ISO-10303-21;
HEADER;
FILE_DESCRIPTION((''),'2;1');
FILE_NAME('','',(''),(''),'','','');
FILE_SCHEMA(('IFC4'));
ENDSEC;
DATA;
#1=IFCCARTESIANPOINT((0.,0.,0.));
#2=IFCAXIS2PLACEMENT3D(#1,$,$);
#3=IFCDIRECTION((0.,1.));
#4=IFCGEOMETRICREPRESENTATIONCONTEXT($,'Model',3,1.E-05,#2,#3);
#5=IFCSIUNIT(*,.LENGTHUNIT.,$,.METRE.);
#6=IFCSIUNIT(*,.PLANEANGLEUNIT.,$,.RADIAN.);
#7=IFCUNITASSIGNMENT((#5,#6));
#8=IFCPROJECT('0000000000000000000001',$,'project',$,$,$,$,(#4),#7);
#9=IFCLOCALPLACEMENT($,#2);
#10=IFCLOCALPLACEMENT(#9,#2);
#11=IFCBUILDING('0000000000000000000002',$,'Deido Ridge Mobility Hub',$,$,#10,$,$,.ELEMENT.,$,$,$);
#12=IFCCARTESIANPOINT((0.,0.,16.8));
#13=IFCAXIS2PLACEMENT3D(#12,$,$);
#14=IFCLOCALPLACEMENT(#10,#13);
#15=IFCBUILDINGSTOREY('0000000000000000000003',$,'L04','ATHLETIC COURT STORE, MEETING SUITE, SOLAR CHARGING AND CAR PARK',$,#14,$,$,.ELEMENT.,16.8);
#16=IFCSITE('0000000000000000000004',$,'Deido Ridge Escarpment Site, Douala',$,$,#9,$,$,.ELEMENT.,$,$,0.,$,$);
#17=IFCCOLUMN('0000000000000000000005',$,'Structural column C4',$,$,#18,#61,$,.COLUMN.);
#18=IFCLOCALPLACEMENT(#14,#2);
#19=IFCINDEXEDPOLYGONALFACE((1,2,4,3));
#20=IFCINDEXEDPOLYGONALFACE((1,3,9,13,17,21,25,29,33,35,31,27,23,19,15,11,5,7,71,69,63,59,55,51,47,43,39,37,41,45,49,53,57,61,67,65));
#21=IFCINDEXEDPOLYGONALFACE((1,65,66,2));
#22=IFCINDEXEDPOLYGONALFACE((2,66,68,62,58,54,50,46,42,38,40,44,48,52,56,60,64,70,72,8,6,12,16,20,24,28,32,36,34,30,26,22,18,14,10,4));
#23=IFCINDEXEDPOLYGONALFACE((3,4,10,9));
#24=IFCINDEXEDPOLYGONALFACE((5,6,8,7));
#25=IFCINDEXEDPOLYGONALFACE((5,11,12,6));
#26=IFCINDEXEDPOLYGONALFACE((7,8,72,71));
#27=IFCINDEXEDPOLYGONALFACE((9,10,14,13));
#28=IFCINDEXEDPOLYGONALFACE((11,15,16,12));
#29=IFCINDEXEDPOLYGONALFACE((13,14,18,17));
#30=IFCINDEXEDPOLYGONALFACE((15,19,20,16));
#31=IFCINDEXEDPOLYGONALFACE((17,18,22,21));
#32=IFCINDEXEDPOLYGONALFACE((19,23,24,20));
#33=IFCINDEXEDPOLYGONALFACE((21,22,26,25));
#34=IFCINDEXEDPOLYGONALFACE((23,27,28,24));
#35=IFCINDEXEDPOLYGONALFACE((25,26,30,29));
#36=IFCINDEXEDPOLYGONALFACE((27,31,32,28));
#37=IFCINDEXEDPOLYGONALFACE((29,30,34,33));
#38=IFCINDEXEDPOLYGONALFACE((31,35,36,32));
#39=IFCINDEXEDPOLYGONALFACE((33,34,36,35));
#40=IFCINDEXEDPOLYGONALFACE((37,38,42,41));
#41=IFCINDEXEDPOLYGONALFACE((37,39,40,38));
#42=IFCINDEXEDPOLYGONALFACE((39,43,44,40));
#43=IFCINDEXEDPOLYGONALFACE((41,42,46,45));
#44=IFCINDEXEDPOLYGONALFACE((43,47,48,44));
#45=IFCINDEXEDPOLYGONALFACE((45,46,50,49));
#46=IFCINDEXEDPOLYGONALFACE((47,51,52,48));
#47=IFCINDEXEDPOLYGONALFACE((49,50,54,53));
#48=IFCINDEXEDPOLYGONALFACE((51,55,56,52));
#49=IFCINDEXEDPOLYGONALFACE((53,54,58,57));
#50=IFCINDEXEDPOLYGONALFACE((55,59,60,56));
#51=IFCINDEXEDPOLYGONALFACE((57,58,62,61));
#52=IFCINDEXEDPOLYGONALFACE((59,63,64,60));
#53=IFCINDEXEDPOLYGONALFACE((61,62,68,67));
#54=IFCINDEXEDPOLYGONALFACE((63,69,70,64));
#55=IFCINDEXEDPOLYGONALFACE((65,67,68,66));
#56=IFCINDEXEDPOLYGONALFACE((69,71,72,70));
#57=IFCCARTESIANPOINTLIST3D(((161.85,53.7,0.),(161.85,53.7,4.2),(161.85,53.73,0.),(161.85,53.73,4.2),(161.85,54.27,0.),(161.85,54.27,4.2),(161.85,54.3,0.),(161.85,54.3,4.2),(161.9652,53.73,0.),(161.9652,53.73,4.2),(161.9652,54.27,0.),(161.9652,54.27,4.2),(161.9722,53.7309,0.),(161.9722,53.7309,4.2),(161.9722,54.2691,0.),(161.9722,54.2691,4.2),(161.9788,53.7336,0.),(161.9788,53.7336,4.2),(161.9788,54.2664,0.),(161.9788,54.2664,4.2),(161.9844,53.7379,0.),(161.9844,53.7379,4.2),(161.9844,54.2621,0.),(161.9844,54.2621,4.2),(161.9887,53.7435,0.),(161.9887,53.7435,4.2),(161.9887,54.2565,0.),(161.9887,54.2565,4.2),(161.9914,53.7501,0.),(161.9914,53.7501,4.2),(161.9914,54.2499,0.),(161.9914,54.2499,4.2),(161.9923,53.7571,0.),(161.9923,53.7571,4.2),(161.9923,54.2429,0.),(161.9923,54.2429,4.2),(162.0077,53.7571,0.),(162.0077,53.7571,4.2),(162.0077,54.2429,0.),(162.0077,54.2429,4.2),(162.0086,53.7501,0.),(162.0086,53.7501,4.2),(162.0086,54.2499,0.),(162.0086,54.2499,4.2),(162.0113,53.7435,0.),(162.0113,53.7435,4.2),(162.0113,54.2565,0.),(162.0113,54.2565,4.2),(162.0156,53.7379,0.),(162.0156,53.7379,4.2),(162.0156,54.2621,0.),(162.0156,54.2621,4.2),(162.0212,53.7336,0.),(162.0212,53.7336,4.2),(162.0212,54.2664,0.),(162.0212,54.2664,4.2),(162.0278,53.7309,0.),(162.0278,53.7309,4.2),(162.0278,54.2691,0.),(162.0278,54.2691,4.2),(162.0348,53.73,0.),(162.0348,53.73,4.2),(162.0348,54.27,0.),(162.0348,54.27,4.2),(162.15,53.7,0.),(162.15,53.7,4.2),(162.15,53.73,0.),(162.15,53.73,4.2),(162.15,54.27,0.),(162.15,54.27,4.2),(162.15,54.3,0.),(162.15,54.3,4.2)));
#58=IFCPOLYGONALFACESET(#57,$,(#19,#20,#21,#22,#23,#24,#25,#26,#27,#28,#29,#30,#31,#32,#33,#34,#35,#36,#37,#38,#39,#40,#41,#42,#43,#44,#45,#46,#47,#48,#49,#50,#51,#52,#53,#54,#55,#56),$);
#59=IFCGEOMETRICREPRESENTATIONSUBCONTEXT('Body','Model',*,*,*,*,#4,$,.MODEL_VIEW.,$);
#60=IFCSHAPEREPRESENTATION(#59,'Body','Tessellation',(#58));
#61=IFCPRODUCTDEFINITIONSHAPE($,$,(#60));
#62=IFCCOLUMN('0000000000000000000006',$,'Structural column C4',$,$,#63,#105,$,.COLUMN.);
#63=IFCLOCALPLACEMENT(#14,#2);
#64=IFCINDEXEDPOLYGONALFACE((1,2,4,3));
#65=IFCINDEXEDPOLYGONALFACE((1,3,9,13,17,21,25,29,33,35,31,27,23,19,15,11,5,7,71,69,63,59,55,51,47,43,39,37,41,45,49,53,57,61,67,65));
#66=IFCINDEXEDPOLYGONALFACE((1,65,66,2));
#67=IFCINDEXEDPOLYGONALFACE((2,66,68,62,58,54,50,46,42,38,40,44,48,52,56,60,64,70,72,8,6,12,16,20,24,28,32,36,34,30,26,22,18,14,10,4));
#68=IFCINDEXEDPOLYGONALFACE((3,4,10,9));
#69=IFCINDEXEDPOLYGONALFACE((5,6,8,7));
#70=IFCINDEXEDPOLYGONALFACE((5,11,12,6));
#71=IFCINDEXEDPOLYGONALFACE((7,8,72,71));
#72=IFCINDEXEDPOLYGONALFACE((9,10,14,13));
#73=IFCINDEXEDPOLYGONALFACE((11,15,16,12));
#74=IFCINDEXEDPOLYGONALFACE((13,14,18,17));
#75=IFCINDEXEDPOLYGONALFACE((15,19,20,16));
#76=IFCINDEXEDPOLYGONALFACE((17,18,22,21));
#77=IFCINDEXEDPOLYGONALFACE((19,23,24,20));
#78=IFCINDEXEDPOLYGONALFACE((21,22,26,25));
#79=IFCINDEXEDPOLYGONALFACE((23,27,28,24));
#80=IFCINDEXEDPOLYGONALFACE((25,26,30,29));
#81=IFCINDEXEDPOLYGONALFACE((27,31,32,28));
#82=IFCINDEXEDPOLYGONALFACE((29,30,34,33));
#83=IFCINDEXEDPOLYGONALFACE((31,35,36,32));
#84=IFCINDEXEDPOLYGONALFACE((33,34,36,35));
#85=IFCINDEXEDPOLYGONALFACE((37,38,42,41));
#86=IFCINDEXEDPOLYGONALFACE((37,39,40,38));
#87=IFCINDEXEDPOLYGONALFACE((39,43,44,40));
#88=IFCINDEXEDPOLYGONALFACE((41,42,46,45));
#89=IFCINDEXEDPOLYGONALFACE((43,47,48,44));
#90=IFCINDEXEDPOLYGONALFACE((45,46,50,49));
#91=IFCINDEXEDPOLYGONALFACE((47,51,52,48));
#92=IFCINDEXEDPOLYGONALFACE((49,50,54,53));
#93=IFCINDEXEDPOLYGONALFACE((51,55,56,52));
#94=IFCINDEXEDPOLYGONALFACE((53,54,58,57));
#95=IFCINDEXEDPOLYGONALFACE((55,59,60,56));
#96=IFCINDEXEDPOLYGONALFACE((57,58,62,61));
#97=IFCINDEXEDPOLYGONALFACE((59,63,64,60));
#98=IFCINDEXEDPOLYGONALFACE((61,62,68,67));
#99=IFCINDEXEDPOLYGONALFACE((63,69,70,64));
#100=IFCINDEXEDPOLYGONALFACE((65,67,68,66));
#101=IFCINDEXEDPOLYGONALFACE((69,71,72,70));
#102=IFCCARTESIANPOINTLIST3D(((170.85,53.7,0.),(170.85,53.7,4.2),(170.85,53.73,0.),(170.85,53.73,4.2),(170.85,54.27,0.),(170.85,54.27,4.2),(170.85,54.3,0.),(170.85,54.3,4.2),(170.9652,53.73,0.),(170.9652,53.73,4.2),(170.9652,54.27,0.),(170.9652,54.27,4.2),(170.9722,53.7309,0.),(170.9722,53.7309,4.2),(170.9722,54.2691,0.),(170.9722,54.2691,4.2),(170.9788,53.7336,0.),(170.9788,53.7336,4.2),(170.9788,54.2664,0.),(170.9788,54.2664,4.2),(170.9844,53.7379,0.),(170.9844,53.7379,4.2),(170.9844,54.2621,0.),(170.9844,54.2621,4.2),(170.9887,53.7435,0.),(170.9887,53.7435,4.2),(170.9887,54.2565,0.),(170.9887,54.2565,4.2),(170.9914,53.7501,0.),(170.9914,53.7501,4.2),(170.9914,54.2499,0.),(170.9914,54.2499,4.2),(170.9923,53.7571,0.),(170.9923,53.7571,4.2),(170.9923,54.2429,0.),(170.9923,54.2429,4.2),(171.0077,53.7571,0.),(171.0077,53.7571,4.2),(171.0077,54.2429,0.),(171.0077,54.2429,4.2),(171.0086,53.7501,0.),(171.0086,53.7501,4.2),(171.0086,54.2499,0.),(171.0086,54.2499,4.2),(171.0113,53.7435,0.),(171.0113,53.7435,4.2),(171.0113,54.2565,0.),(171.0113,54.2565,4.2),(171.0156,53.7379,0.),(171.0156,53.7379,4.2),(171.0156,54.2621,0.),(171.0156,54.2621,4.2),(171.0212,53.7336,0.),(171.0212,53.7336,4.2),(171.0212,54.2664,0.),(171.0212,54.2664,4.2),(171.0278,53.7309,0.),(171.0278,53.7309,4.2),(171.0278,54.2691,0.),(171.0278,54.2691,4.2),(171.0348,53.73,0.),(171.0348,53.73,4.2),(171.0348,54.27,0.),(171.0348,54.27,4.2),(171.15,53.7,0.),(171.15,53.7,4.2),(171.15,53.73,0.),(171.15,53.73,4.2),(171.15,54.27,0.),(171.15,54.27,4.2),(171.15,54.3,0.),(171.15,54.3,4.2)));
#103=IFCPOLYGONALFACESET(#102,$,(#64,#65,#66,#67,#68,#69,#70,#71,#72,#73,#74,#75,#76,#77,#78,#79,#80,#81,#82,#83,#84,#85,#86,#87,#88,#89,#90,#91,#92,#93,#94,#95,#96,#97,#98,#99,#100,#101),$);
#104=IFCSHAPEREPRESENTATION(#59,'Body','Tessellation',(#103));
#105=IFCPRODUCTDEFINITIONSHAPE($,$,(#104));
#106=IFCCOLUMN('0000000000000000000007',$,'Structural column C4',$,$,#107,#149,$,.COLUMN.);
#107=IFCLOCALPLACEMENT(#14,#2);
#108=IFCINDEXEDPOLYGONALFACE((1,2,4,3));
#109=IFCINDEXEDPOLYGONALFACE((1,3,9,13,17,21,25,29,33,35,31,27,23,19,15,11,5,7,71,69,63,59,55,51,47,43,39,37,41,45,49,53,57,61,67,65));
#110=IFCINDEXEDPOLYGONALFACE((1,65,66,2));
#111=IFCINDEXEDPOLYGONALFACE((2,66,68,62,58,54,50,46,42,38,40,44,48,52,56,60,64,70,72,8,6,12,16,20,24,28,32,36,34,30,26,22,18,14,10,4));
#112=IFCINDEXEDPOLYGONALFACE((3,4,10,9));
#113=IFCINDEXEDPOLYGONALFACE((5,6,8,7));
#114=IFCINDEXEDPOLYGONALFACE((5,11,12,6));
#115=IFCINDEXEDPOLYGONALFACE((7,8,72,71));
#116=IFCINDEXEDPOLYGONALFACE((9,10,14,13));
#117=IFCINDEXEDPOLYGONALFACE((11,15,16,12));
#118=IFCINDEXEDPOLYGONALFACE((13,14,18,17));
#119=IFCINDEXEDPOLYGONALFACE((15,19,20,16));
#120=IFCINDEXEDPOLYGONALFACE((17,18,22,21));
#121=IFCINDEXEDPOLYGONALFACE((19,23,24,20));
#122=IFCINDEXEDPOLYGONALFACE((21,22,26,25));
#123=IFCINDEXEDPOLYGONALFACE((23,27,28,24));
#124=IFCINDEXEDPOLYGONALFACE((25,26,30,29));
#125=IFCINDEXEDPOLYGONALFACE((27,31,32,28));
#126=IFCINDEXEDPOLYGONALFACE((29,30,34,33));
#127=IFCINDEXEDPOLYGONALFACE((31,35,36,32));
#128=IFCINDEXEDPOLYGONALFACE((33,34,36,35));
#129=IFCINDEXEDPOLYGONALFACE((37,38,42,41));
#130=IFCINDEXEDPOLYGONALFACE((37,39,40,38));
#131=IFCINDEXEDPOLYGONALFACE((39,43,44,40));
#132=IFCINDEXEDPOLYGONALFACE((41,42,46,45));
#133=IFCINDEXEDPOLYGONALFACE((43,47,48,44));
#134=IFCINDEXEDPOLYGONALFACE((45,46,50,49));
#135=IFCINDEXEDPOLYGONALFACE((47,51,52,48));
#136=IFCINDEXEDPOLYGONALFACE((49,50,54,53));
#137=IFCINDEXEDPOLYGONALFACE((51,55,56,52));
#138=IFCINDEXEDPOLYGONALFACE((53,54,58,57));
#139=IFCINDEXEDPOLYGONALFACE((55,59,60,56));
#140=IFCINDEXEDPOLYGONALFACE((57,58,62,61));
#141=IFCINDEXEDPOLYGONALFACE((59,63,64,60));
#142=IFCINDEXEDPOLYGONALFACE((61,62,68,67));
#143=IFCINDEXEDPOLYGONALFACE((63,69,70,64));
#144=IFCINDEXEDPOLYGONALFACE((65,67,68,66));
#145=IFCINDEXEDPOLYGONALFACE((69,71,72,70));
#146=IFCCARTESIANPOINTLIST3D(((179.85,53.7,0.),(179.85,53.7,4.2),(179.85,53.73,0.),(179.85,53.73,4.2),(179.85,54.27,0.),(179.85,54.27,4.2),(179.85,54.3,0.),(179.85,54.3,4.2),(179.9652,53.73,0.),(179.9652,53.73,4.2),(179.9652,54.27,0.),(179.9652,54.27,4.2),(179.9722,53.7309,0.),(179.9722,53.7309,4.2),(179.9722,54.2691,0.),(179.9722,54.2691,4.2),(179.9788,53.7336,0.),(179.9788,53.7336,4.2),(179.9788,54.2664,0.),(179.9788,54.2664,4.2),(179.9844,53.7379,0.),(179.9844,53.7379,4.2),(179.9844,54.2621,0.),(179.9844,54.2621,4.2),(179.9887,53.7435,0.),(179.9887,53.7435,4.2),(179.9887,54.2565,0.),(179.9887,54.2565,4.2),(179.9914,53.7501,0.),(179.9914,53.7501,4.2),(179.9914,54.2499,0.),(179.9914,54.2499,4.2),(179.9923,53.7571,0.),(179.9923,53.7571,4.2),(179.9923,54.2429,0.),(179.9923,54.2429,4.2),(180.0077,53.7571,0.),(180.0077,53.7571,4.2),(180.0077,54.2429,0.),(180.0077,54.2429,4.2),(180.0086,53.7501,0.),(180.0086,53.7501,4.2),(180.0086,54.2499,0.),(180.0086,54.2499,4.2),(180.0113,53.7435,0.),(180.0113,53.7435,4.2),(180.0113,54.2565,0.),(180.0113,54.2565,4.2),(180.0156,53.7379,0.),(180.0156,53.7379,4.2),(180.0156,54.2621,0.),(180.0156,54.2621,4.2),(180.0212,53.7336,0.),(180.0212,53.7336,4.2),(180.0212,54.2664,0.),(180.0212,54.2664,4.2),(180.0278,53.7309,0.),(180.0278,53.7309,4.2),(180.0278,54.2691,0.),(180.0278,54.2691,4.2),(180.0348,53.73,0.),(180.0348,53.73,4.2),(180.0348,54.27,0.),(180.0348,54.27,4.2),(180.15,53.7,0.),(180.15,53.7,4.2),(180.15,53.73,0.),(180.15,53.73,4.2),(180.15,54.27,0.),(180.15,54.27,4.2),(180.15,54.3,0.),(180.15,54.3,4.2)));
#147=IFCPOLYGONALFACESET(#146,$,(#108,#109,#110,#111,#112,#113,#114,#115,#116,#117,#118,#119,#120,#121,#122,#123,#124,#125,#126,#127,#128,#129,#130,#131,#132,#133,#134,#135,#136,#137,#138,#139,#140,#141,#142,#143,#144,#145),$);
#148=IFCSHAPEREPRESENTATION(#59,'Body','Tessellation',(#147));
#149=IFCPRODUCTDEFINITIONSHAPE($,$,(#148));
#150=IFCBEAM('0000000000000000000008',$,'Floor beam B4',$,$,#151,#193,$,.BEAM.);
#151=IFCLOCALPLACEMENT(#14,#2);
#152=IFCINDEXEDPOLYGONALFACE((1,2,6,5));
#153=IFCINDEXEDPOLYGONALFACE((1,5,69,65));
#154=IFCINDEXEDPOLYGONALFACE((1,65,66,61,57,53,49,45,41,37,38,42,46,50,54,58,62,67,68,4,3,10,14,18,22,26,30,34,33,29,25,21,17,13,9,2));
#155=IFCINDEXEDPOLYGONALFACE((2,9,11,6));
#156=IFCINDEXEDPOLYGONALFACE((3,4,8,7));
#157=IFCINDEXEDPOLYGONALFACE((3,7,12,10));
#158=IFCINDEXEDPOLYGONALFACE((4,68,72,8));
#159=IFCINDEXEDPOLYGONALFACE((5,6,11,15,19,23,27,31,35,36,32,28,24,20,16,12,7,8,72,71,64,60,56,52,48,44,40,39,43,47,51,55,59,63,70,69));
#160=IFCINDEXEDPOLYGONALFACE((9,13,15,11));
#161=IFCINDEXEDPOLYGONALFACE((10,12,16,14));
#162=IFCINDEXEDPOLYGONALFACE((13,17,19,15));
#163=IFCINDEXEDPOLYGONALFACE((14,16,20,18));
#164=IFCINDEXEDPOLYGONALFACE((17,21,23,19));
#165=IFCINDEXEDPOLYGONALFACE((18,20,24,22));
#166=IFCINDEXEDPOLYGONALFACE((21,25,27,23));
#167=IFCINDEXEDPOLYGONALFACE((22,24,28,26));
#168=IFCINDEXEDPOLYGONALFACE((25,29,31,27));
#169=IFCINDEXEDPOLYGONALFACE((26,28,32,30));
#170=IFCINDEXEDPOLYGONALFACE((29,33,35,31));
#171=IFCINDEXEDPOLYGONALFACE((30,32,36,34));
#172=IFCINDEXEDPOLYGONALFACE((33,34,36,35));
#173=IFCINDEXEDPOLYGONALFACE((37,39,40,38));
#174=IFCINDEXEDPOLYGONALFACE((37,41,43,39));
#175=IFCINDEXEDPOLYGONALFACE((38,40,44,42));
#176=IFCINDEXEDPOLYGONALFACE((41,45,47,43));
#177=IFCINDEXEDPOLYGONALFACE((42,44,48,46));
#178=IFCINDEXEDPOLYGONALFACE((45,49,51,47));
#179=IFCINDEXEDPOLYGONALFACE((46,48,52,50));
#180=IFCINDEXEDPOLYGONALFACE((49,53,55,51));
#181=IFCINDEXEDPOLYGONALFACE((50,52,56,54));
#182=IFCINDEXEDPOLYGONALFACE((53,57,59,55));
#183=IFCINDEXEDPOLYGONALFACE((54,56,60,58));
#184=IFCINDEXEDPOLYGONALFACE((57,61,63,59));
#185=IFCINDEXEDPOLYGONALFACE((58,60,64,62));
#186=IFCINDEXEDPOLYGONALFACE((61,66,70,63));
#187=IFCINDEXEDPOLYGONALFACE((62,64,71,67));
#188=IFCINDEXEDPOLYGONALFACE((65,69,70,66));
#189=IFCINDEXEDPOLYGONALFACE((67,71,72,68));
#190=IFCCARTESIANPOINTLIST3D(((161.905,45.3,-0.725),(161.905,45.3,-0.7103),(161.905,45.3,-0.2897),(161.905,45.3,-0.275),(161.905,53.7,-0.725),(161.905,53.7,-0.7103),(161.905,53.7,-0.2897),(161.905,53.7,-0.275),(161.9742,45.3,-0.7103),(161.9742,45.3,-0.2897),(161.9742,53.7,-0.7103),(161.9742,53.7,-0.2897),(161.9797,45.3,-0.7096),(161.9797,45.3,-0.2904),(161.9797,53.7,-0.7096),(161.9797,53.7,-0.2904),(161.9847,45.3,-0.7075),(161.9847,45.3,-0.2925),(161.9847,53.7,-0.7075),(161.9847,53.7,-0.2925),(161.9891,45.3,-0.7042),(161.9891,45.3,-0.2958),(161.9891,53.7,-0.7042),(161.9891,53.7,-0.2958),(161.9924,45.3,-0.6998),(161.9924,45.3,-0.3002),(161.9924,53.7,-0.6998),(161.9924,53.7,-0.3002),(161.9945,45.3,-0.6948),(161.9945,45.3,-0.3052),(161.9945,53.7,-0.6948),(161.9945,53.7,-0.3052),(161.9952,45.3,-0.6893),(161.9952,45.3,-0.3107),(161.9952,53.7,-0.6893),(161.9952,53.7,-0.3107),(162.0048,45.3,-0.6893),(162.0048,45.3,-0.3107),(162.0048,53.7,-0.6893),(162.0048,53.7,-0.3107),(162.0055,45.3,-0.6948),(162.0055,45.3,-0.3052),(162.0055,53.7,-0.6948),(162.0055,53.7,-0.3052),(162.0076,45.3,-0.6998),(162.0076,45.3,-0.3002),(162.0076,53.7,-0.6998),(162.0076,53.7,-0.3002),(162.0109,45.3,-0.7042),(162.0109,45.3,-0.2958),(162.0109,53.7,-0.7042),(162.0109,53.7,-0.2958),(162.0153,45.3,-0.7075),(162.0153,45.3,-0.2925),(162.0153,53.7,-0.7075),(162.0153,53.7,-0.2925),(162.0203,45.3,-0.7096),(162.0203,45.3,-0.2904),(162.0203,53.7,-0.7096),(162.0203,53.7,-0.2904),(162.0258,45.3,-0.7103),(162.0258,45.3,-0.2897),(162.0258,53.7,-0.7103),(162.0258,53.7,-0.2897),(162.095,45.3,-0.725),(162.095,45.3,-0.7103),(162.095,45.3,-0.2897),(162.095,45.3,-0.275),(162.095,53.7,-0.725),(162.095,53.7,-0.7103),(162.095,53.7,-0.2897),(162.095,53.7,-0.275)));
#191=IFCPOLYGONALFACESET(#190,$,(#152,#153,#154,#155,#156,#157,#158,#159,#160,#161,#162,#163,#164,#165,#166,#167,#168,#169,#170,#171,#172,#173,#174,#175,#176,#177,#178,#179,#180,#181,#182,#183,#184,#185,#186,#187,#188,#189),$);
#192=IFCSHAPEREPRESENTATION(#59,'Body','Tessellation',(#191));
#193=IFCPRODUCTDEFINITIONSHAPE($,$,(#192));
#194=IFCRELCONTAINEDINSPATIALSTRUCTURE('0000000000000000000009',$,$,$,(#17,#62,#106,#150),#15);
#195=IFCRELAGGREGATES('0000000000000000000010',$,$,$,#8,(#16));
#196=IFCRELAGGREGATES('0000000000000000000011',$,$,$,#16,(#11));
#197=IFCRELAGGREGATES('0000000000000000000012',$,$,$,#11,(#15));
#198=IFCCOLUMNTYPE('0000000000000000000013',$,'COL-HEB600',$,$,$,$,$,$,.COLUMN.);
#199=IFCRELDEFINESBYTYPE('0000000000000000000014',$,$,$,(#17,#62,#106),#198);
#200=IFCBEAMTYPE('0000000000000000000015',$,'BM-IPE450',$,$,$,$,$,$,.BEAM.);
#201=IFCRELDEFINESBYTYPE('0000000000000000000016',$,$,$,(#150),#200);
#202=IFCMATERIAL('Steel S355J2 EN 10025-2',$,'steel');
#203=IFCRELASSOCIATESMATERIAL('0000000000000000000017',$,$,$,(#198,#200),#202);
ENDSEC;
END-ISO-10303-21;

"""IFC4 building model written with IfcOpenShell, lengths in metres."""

from ifc_helpers import new_model, si_unit, direction, frame, origin, origin_2d, place, context, subcontext, project, spatial, i_section, extrude, material, material_profile, profile_set, type_object, element, save


model = new_model("IFC4")

# Units and contexts
model_context = context("Model", 3, precision=1e-05, world=origin(), true_north=direction((0.0, 1.0)))
body_context = subcontext(model_context, "Body", "Model", "MODEL_VIEW")
ifc_project = project(units=[si_unit("LENGTHUNIT", "METRE"), si_unit("PLANEANGLEUNIT", "RADIAN")], contexts=[model_context])

# Site, building, storey
site_placement = place(None, origin())
site = spatial("IfcSite", under=ifc_project, at=site_placement, Name="Deido Ridge Escarpment Site, Douala", CompositionType="ELEMENT", RefElevation=0.0)
building_placement = place(site_placement, origin())
building = spatial("IfcBuilding", under=site, at=building_placement, Name="Deido Ridge Mobility Hub", CompositionType="ELEMENT")
storey_placement = place(building_placement, frame((0.0, 0.0, 16.8)))
storey = spatial("IfcBuildingStorey", under=building, at=storey_placement, Name="L04", Description="ATHLETIC COURT STORE, MEETING SUITE, SOLAR CHARGING AND CAR PARK", CompositionType="ELEMENT", Elevation=16.8)

# Columns
ifc_material_1 = material(Name="Steel S355J2 EN 10025-2", Category="steel")
ifc_material_profile_1 = material_profile(ifc_material_1, i_section(OverallWidth=0.3, OverallDepth=0.6001, WebThickness=0.0154, FlangeThickness=0.03, FilletRadius=0.0271, at=origin_2d()), Name="HEB 600")
ifc_profile_set_1 = profile_set([ifc_material_profile_1], Name="Steel S355J2 EN 10025-2")
column_type = type_object("IfcColumnType", Name="COL-HEB600", PredefinedType="COLUMN", material=ifc_profile_set_1)
for number, where, z_axis, x_axis, name in (
    (1, (162.0, 54.0, 0.0), (0.0, 0.0, 1.0), (1.0, 0.0, 0.0), "Structural column C4"),
    (2, (171.0, 54.0, 0.0), (0.0, 0.0, 1.0), (1.0, 0.0, 0.0), "Structural column C4"),
    (3, (180.0, 54.0, 0.0), (0.0, 0.0, 1.0), (1.0, 0.0, 0.0), "Structural column C4"),
):
    element("IfcColumn", number, at=place(storey_placement, frame(where, z_axis=z_axis, x_axis=x_axis)), inside=storey, type_object=column_type, Name=name, PredefinedType="COLUMN", context=body_context, shape_type="SweptSolid", body=[
        extrude(i_section(OverallWidth=0.3, OverallDepth=0.6001, WebThickness=0.0154, FlangeThickness=0.03, FilletRadius=0.0271, at=origin_2d()), origin(), (0.0, 0.0, 1.0), 4.2),
    ])

# Beam
ifc_material_profile_2 = material_profile(ifc_material_1, i_section(OverallWidth=0.1899, OverallDepth=0.45, WebThickness=0.0095, FlangeThickness=0.0146, FilletRadius=0.021, at=origin_2d()), Name="IPE 450")
ifc_profile_set_2 = profile_set([ifc_material_profile_2], Name="Steel S355J2 EN 10025-2")
beam_type_1 = type_object("IfcBeamType", Name="BM-IPE450", PredefinedType="BEAM", material=ifc_profile_set_2)
beam_1_placement = place(storey_placement, frame((162.0, 45.3, -0.5), z_axis=(0.0, 1.0, 0.0), x_axis=(-1.0, 0.0, 0.0)))
element("IfcBeam", 4, at=beam_1_placement, inside=storey, type_object=beam_type_1, Name="Floor beam B4", PredefinedType="BEAM", context=body_context, shape_type="SweptSolid", body=[
    extrude(i_section(OverallWidth=0.1899, OverallDepth=0.45, WebThickness=0.0095, FlangeThickness=0.0146, FilletRadius=0.021, at=origin_2d()), origin(), (0.0, 0.0, 1.0), 8.3999),
])

save(model, "model.ifc")
